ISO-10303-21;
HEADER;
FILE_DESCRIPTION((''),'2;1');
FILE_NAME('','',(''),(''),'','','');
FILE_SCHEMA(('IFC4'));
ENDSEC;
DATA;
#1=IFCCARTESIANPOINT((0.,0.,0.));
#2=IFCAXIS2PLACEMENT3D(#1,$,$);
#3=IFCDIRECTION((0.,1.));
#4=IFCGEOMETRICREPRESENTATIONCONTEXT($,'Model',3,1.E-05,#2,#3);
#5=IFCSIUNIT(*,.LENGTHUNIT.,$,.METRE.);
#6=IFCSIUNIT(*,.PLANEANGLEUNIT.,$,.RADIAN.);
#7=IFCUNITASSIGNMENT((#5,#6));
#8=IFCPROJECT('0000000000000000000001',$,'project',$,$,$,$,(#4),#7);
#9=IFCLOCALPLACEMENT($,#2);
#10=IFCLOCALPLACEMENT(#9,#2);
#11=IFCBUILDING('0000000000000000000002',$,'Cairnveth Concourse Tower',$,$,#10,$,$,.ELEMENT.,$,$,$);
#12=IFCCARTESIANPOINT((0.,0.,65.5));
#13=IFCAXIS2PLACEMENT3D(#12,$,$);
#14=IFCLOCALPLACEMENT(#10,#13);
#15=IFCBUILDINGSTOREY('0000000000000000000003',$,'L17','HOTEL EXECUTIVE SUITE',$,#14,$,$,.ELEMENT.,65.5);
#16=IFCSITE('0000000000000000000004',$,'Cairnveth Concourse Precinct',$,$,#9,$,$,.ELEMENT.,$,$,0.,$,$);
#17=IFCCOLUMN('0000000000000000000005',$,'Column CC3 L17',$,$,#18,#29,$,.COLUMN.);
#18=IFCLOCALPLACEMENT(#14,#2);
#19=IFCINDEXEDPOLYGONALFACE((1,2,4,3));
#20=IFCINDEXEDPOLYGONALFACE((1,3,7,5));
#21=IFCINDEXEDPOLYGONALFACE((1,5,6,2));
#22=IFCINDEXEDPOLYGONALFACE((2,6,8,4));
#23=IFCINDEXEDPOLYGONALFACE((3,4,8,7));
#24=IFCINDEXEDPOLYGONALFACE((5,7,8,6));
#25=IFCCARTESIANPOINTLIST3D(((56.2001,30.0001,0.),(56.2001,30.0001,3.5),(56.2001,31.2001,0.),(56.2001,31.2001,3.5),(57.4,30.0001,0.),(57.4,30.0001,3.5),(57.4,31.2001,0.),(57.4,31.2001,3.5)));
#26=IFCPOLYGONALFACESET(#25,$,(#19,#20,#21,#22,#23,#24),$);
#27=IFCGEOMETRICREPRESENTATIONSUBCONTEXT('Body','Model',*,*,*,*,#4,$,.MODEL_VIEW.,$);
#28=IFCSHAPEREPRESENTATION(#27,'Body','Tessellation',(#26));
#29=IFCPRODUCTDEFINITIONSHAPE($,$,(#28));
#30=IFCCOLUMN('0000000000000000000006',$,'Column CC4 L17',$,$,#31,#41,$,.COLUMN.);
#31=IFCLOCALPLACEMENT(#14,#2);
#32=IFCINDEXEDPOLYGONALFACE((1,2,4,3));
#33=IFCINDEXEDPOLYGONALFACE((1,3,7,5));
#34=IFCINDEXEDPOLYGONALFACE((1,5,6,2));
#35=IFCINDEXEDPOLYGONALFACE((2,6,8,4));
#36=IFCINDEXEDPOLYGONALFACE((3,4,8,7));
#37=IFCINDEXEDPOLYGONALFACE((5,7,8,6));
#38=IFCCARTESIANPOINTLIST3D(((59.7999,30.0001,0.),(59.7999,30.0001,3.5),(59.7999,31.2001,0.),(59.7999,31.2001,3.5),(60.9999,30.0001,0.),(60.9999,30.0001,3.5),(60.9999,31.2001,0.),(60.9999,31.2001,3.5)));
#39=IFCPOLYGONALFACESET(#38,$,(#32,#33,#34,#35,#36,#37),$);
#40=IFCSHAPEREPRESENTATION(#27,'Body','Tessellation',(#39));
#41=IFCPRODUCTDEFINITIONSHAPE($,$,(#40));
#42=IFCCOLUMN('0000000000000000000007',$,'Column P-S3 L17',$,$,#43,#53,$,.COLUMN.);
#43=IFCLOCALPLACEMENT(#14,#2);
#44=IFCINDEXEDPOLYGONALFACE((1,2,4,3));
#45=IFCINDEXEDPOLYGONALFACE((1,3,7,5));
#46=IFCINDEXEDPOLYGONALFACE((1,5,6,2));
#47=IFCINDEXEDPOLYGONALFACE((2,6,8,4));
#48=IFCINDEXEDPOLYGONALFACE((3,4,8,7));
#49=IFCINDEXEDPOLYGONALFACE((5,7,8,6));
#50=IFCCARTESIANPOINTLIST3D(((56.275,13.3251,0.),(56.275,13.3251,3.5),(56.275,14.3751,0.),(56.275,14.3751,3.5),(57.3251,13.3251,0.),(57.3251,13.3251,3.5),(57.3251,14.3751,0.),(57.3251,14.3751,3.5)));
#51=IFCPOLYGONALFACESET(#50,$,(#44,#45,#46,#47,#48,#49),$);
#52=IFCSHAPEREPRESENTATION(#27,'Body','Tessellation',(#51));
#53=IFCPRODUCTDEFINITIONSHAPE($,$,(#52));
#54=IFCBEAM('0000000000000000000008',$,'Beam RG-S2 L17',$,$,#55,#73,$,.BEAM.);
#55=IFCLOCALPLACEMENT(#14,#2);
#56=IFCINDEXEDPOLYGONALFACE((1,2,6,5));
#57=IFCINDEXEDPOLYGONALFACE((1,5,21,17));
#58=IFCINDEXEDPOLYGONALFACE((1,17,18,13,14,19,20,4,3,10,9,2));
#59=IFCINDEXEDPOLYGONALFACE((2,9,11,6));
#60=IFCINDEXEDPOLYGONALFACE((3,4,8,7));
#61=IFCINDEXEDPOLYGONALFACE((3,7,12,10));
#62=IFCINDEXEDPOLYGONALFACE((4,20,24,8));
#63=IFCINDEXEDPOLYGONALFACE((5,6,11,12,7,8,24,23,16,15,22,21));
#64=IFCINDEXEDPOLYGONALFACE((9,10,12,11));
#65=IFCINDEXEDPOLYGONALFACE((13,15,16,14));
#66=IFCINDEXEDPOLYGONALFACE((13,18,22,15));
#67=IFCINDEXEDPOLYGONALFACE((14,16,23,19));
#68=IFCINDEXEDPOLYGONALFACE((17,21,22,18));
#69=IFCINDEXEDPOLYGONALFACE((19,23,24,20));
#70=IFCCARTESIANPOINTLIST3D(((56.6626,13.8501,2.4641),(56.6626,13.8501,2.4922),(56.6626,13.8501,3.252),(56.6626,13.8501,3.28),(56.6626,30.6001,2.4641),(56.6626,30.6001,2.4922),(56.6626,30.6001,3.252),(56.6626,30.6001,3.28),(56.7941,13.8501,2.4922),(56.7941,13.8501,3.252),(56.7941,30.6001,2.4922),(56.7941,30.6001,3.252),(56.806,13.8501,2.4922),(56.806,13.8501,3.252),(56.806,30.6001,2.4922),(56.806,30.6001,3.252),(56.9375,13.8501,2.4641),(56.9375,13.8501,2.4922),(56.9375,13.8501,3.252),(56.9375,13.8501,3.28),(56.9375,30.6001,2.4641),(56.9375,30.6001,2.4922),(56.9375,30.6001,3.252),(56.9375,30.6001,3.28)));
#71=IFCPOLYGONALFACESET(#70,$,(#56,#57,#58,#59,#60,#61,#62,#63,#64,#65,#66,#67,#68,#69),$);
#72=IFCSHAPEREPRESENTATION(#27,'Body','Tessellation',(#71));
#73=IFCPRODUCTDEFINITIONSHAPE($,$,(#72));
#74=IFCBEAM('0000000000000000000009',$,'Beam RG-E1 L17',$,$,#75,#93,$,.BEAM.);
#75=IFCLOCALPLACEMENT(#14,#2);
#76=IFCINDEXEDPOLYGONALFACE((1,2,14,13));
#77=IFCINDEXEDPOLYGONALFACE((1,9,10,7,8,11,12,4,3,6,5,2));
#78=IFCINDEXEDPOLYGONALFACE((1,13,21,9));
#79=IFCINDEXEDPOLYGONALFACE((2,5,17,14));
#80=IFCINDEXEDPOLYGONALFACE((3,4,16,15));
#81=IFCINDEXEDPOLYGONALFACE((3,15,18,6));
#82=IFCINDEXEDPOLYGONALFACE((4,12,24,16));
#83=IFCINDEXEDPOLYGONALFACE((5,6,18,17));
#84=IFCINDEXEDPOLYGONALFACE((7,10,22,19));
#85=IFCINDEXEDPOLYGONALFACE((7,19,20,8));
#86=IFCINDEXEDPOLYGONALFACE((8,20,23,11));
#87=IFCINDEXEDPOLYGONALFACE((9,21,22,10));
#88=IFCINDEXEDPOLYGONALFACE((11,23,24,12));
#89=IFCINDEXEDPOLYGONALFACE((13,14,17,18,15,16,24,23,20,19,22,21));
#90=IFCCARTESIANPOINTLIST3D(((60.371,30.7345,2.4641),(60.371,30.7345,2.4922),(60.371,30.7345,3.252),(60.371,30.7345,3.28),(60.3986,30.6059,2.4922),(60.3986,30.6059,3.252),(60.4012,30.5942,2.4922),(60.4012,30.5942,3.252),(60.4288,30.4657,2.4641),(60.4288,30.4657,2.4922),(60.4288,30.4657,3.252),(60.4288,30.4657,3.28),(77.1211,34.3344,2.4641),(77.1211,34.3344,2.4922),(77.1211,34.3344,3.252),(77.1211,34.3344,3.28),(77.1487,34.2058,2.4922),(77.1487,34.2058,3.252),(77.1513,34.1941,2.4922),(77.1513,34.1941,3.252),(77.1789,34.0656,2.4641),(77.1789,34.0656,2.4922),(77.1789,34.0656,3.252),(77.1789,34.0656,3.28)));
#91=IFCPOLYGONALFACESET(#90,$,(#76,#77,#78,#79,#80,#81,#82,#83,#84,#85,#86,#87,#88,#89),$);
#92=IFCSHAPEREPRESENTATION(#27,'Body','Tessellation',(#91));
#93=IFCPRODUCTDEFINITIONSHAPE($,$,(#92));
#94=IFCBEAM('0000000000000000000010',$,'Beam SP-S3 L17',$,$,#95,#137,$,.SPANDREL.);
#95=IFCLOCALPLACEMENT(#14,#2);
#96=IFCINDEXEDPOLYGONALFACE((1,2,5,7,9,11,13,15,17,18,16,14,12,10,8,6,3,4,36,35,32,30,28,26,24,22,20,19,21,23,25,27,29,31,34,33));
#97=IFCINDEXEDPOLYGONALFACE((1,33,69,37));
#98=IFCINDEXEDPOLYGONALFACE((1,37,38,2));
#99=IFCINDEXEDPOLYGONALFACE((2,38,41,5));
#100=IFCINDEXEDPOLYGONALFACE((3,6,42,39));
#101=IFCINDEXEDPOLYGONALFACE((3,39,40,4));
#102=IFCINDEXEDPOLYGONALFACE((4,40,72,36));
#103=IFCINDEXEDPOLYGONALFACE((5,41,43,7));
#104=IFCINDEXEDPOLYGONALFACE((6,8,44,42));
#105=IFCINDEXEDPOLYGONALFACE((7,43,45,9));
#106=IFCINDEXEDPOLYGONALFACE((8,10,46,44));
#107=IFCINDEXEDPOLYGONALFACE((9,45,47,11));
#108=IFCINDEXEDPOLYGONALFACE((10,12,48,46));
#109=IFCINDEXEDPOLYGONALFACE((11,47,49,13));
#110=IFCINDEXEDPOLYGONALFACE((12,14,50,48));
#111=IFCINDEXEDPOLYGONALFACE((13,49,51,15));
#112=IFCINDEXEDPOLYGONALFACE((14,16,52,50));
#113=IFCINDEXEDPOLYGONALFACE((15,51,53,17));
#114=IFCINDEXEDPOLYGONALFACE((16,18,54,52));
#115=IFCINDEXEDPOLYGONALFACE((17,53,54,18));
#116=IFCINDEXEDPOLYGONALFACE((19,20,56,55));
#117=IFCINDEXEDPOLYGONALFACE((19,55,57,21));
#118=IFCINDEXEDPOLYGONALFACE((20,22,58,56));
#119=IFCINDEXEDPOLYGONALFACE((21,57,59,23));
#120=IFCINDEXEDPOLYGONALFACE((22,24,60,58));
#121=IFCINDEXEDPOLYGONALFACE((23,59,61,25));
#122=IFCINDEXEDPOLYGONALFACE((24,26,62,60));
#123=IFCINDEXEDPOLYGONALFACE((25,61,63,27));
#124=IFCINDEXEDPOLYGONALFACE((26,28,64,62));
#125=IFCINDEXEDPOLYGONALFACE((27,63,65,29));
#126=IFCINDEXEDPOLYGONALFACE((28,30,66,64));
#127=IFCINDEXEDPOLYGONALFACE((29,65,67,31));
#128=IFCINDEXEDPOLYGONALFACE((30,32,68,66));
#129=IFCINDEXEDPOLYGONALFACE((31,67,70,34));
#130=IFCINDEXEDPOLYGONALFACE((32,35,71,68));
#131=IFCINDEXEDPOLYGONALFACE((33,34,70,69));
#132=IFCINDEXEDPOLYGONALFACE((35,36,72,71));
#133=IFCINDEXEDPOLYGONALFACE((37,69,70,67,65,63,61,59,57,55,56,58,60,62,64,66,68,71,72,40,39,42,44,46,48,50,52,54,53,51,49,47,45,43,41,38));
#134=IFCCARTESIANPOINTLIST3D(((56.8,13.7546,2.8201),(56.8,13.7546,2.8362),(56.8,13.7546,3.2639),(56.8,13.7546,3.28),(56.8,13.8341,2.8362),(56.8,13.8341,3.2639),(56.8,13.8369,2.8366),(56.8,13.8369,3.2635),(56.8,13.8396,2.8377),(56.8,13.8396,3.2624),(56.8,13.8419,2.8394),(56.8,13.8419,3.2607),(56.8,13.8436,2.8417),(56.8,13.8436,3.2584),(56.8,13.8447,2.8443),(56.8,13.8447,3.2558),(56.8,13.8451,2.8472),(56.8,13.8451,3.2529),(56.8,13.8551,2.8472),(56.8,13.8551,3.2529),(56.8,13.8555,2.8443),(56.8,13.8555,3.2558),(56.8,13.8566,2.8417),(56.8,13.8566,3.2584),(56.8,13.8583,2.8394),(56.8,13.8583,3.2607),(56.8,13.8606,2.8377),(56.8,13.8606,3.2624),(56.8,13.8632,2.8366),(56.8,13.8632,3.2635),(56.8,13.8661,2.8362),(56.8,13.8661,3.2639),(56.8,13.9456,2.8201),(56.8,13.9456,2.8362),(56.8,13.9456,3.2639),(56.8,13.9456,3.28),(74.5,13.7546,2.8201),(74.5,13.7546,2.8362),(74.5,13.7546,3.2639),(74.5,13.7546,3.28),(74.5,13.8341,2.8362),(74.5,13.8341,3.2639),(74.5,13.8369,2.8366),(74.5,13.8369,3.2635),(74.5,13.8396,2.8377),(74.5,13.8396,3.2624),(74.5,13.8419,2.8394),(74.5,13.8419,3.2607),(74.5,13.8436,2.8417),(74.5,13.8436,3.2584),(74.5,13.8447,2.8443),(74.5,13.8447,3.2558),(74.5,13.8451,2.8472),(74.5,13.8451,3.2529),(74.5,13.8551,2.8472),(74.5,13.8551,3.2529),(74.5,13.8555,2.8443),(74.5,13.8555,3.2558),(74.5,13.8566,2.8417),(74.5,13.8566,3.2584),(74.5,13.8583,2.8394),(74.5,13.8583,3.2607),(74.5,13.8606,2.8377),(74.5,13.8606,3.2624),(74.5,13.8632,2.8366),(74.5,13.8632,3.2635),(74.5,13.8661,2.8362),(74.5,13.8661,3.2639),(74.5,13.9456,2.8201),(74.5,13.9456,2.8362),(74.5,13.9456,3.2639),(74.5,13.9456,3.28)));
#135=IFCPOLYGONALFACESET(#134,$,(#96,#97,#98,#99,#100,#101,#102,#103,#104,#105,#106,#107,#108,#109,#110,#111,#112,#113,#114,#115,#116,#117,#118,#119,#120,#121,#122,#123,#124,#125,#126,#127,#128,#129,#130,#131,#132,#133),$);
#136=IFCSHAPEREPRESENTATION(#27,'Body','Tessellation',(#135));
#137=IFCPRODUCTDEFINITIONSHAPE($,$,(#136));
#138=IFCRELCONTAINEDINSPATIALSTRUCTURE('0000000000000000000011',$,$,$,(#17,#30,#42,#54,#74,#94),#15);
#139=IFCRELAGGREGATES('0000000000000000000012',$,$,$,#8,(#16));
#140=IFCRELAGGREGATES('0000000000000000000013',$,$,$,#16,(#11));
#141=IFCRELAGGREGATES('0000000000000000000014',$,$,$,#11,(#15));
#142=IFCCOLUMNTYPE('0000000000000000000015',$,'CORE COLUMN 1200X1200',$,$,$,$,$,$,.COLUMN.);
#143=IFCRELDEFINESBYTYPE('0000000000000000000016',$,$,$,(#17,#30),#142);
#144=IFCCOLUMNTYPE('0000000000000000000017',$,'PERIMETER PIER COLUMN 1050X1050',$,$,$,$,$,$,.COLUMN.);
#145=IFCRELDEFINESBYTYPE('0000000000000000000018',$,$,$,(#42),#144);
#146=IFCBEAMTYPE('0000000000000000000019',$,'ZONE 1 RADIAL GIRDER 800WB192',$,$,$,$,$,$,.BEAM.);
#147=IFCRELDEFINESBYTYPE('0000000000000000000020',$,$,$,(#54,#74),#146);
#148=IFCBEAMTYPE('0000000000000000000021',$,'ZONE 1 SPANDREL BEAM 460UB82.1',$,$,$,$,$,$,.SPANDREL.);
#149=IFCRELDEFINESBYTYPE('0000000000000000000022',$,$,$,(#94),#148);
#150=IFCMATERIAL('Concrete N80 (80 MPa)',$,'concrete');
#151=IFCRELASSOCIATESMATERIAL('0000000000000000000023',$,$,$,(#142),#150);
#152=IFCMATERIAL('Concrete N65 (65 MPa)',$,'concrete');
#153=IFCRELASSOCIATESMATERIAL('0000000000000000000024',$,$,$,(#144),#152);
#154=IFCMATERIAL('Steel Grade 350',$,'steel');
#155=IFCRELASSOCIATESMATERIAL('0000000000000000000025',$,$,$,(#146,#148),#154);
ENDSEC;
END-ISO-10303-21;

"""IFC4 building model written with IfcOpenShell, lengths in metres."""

from ifc_helpers import new_model, si_unit, direction, frame, origin, origin_2d, place, context, subcontext, project, spatial, rectangle, i_section, extrude, material, material_profile, profile_set, type_object, element, save


model = new_model("IFC4")

# Units and contexts
model_context = context("Model", 3, precision=1e-05, world=origin(), true_north=direction((0.0, 1.0)))
body_context = subcontext(model_context, "Body", "Model", "MODEL_VIEW")
ifc_project = project(units=[si_unit("LENGTHUNIT", "METRE"), si_unit("PLANEANGLEUNIT", "RADIAN")], contexts=[model_context])

# Site, building, storey
site_placement = place(None, origin())
site = spatial("IfcSite", under=ifc_project, at=site_placement, Name="Cairnveth Concourse Precinct", CompositionType="ELEMENT", RefElevation=0.0)
building_placement = place(site_placement, origin())
building = spatial("IfcBuilding", under=site, at=building_placement, Name="Cairnveth Concourse Tower", CompositionType="ELEMENT")
storey_placement = place(building_placement, frame((0.0, 0.0, 65.5)))
storey = spatial("IfcBuildingStorey", under=building, at=storey_placement, Name="L17", Description="HOTEL EXECUTIVE SUITE", CompositionType="ELEMENT", Elevation=65.5)

# Columns
ifc_material_1 = material(Name="Concrete N80 (80 MPa)", Category="concrete")
ifc_material_profile_1 = material_profile(ifc_material_1, rectangle(XDim=1.2, YDim=1.2, at=origin_2d()), Name="RC-COL-1200x1200")
ifc_profile_set_1 = profile_set([ifc_material_profile_1], Name="Concrete N80 (80 MPa)")
column_type_1 = type_object("IfcColumnType", Name="CORE COLUMN 1200X1200", PredefinedType="COLUMN", material=ifc_profile_set_1)
for number, where, z_axis, x_axis, name in (
    (1, (56.8, 30.6001, 0.0), (0.0, 0.0, 1.0), (1.0, 0.0, 0.0), "Column CC3 L17"),
    (2, (60.3999, 30.6001, 0.0), (0.0, 0.0, 1.0), (1.0, 0.0, 0.0), "Column CC4 L17"),
):
    element("IfcColumn", number, at=place(storey_placement, frame(where, z_axis=z_axis, x_axis=x_axis)), inside=storey, type_object=column_type_1, Name=name, PredefinedType="COLUMN", context=body_context, shape_type="SweptSolid", body=[
        extrude(rectangle(XDim=1.2, YDim=1.2, at=origin_2d()), origin(), (0.0, 0.0, 1.0), 3.5),
    ])
ifc_material_2 = material(Name="Concrete N65 (65 MPa)", Category="concrete")
ifc_material_profile_2 = material_profile(ifc_material_2, rectangle(XDim=1.05, YDim=1.05, at=origin_2d()), Name="RC-COL-1050x1050")
ifc_profile_set_2 = profile_set([ifc_material_profile_2], Name="Concrete N65 (65 MPa)")
column_type_2 = type_object("IfcColumnType", Name="PERIMETER PIER COLUMN 1050X1050", PredefinedType="COLUMN", material=ifc_profile_set_2)
column_placement = place(storey_placement, frame((56.8, 13.8501, 0.0), z_axis=(0.0, 0.0, 1.0), x_axis=(1.0, 0.0, 0.0)))
element("IfcColumn", 3, at=column_placement, inside=storey, type_object=column_type_2, Name="Column P-S3 L17", PredefinedType="COLUMN", context=body_context, shape_type="SweptSolid", body=[
    extrude(rectangle(XDim=1.05, YDim=1.05, at=origin_2d()), origin(), (0.0, 0.0, 1.0), 3.5),
])

# Beams
ifc_material_3 = material(Name="Steel Grade 350", Category="steel")
ifc_material_profile_3 = material_profile(ifc_material_3, i_section(OverallWidth=0.2749, OverallDepth=0.8159, WebThickness=0.012, FlangeThickness=0.0281, at=origin_2d()), Name="800WB192")
ifc_profile_set_3 = profile_set([ifc_material_profile_3], Name="Steel Grade 350")
beam_type_1 = type_object("IfcBeamType", Name="ZONE 1 RADIAL GIRDER 800WB192", PredefinedType="BEAM", material=ifc_profile_set_3)
beam_1_placement = place(storey_placement, frame((56.8, 13.8501, 2.8721), z_axis=(0.0, 1.0, 0.0), x_axis=(-1.0, 0.0, 0.0)))
element("IfcBeam", 4, at=beam_1_placement, inside=storey, type_object=beam_type_1, Name="Beam RG-S2 L17", PredefinedType="BEAM", context=body_context, shape_type="SweptSolid", body=[
    extrude(i_section(OverallWidth=0.2749, OverallDepth=0.8159, WebThickness=0.012, FlangeThickness=0.0281, at=origin_2d()), origin(), (0.0, 0.0, 1.0), 16.75),
])
beam_2_placement = place(storey_placement, frame((60.3999, 30.6001, 2.8721), z_axis=(0.977676, 0.210119, 0.0), x_axis=(-0.210119, 0.977676, 0.0)))
element("IfcBeam", 5, at=beam_2_placement, inside=storey, type_object=beam_type_1, Name="Beam RG-E1 L17", PredefinedType="BEAM", context=body_context, shape_type="SweptSolid", body=[
    extrude(i_section(OverallWidth=0.2749, OverallDepth=0.8159, WebThickness=0.012, FlangeThickness=0.0281, at=origin_2d()), origin(), (0.0, 0.0, 1.0), 17.1326),
])
ifc_material_profile_4 = material_profile(ifc_material_3, i_section(OverallWidth=0.1909, OverallDepth=0.46, WebThickness=0.01, FlangeThickness=0.0161, FilletRadius=0.011, at=origin_2d()), Name="460UB82.1")
ifc_profile_set_4 = profile_set([ifc_material_profile_4], Name="Steel Grade 350")
beam_type_2 = type_object("IfcBeamType", Name="ZONE 1 SPANDREL BEAM 460UB82.1", PredefinedType="SPANDREL", material=ifc_profile_set_4)
beam_3_placement = place(storey_placement, frame((56.8, 13.8501, 3.05), z_axis=(1.0, 0.0, 0.0), x_axis=(0.0, 1.0, 0.0)))
element("IfcBeam", 6, at=beam_3_placement, inside=storey, type_object=beam_type_2, Name="Beam SP-S3 L17", PredefinedType="SPANDREL", context=body_context, shape_type="SweptSolid", body=[
    extrude(i_section(OverallWidth=0.1909, OverallDepth=0.46, WebThickness=0.01, FlangeThickness=0.0161, FilletRadius=0.011, at=origin_2d()), origin(), (0.0, 0.0, 1.0), 17.7),
])

save(model, "model.ifc")
